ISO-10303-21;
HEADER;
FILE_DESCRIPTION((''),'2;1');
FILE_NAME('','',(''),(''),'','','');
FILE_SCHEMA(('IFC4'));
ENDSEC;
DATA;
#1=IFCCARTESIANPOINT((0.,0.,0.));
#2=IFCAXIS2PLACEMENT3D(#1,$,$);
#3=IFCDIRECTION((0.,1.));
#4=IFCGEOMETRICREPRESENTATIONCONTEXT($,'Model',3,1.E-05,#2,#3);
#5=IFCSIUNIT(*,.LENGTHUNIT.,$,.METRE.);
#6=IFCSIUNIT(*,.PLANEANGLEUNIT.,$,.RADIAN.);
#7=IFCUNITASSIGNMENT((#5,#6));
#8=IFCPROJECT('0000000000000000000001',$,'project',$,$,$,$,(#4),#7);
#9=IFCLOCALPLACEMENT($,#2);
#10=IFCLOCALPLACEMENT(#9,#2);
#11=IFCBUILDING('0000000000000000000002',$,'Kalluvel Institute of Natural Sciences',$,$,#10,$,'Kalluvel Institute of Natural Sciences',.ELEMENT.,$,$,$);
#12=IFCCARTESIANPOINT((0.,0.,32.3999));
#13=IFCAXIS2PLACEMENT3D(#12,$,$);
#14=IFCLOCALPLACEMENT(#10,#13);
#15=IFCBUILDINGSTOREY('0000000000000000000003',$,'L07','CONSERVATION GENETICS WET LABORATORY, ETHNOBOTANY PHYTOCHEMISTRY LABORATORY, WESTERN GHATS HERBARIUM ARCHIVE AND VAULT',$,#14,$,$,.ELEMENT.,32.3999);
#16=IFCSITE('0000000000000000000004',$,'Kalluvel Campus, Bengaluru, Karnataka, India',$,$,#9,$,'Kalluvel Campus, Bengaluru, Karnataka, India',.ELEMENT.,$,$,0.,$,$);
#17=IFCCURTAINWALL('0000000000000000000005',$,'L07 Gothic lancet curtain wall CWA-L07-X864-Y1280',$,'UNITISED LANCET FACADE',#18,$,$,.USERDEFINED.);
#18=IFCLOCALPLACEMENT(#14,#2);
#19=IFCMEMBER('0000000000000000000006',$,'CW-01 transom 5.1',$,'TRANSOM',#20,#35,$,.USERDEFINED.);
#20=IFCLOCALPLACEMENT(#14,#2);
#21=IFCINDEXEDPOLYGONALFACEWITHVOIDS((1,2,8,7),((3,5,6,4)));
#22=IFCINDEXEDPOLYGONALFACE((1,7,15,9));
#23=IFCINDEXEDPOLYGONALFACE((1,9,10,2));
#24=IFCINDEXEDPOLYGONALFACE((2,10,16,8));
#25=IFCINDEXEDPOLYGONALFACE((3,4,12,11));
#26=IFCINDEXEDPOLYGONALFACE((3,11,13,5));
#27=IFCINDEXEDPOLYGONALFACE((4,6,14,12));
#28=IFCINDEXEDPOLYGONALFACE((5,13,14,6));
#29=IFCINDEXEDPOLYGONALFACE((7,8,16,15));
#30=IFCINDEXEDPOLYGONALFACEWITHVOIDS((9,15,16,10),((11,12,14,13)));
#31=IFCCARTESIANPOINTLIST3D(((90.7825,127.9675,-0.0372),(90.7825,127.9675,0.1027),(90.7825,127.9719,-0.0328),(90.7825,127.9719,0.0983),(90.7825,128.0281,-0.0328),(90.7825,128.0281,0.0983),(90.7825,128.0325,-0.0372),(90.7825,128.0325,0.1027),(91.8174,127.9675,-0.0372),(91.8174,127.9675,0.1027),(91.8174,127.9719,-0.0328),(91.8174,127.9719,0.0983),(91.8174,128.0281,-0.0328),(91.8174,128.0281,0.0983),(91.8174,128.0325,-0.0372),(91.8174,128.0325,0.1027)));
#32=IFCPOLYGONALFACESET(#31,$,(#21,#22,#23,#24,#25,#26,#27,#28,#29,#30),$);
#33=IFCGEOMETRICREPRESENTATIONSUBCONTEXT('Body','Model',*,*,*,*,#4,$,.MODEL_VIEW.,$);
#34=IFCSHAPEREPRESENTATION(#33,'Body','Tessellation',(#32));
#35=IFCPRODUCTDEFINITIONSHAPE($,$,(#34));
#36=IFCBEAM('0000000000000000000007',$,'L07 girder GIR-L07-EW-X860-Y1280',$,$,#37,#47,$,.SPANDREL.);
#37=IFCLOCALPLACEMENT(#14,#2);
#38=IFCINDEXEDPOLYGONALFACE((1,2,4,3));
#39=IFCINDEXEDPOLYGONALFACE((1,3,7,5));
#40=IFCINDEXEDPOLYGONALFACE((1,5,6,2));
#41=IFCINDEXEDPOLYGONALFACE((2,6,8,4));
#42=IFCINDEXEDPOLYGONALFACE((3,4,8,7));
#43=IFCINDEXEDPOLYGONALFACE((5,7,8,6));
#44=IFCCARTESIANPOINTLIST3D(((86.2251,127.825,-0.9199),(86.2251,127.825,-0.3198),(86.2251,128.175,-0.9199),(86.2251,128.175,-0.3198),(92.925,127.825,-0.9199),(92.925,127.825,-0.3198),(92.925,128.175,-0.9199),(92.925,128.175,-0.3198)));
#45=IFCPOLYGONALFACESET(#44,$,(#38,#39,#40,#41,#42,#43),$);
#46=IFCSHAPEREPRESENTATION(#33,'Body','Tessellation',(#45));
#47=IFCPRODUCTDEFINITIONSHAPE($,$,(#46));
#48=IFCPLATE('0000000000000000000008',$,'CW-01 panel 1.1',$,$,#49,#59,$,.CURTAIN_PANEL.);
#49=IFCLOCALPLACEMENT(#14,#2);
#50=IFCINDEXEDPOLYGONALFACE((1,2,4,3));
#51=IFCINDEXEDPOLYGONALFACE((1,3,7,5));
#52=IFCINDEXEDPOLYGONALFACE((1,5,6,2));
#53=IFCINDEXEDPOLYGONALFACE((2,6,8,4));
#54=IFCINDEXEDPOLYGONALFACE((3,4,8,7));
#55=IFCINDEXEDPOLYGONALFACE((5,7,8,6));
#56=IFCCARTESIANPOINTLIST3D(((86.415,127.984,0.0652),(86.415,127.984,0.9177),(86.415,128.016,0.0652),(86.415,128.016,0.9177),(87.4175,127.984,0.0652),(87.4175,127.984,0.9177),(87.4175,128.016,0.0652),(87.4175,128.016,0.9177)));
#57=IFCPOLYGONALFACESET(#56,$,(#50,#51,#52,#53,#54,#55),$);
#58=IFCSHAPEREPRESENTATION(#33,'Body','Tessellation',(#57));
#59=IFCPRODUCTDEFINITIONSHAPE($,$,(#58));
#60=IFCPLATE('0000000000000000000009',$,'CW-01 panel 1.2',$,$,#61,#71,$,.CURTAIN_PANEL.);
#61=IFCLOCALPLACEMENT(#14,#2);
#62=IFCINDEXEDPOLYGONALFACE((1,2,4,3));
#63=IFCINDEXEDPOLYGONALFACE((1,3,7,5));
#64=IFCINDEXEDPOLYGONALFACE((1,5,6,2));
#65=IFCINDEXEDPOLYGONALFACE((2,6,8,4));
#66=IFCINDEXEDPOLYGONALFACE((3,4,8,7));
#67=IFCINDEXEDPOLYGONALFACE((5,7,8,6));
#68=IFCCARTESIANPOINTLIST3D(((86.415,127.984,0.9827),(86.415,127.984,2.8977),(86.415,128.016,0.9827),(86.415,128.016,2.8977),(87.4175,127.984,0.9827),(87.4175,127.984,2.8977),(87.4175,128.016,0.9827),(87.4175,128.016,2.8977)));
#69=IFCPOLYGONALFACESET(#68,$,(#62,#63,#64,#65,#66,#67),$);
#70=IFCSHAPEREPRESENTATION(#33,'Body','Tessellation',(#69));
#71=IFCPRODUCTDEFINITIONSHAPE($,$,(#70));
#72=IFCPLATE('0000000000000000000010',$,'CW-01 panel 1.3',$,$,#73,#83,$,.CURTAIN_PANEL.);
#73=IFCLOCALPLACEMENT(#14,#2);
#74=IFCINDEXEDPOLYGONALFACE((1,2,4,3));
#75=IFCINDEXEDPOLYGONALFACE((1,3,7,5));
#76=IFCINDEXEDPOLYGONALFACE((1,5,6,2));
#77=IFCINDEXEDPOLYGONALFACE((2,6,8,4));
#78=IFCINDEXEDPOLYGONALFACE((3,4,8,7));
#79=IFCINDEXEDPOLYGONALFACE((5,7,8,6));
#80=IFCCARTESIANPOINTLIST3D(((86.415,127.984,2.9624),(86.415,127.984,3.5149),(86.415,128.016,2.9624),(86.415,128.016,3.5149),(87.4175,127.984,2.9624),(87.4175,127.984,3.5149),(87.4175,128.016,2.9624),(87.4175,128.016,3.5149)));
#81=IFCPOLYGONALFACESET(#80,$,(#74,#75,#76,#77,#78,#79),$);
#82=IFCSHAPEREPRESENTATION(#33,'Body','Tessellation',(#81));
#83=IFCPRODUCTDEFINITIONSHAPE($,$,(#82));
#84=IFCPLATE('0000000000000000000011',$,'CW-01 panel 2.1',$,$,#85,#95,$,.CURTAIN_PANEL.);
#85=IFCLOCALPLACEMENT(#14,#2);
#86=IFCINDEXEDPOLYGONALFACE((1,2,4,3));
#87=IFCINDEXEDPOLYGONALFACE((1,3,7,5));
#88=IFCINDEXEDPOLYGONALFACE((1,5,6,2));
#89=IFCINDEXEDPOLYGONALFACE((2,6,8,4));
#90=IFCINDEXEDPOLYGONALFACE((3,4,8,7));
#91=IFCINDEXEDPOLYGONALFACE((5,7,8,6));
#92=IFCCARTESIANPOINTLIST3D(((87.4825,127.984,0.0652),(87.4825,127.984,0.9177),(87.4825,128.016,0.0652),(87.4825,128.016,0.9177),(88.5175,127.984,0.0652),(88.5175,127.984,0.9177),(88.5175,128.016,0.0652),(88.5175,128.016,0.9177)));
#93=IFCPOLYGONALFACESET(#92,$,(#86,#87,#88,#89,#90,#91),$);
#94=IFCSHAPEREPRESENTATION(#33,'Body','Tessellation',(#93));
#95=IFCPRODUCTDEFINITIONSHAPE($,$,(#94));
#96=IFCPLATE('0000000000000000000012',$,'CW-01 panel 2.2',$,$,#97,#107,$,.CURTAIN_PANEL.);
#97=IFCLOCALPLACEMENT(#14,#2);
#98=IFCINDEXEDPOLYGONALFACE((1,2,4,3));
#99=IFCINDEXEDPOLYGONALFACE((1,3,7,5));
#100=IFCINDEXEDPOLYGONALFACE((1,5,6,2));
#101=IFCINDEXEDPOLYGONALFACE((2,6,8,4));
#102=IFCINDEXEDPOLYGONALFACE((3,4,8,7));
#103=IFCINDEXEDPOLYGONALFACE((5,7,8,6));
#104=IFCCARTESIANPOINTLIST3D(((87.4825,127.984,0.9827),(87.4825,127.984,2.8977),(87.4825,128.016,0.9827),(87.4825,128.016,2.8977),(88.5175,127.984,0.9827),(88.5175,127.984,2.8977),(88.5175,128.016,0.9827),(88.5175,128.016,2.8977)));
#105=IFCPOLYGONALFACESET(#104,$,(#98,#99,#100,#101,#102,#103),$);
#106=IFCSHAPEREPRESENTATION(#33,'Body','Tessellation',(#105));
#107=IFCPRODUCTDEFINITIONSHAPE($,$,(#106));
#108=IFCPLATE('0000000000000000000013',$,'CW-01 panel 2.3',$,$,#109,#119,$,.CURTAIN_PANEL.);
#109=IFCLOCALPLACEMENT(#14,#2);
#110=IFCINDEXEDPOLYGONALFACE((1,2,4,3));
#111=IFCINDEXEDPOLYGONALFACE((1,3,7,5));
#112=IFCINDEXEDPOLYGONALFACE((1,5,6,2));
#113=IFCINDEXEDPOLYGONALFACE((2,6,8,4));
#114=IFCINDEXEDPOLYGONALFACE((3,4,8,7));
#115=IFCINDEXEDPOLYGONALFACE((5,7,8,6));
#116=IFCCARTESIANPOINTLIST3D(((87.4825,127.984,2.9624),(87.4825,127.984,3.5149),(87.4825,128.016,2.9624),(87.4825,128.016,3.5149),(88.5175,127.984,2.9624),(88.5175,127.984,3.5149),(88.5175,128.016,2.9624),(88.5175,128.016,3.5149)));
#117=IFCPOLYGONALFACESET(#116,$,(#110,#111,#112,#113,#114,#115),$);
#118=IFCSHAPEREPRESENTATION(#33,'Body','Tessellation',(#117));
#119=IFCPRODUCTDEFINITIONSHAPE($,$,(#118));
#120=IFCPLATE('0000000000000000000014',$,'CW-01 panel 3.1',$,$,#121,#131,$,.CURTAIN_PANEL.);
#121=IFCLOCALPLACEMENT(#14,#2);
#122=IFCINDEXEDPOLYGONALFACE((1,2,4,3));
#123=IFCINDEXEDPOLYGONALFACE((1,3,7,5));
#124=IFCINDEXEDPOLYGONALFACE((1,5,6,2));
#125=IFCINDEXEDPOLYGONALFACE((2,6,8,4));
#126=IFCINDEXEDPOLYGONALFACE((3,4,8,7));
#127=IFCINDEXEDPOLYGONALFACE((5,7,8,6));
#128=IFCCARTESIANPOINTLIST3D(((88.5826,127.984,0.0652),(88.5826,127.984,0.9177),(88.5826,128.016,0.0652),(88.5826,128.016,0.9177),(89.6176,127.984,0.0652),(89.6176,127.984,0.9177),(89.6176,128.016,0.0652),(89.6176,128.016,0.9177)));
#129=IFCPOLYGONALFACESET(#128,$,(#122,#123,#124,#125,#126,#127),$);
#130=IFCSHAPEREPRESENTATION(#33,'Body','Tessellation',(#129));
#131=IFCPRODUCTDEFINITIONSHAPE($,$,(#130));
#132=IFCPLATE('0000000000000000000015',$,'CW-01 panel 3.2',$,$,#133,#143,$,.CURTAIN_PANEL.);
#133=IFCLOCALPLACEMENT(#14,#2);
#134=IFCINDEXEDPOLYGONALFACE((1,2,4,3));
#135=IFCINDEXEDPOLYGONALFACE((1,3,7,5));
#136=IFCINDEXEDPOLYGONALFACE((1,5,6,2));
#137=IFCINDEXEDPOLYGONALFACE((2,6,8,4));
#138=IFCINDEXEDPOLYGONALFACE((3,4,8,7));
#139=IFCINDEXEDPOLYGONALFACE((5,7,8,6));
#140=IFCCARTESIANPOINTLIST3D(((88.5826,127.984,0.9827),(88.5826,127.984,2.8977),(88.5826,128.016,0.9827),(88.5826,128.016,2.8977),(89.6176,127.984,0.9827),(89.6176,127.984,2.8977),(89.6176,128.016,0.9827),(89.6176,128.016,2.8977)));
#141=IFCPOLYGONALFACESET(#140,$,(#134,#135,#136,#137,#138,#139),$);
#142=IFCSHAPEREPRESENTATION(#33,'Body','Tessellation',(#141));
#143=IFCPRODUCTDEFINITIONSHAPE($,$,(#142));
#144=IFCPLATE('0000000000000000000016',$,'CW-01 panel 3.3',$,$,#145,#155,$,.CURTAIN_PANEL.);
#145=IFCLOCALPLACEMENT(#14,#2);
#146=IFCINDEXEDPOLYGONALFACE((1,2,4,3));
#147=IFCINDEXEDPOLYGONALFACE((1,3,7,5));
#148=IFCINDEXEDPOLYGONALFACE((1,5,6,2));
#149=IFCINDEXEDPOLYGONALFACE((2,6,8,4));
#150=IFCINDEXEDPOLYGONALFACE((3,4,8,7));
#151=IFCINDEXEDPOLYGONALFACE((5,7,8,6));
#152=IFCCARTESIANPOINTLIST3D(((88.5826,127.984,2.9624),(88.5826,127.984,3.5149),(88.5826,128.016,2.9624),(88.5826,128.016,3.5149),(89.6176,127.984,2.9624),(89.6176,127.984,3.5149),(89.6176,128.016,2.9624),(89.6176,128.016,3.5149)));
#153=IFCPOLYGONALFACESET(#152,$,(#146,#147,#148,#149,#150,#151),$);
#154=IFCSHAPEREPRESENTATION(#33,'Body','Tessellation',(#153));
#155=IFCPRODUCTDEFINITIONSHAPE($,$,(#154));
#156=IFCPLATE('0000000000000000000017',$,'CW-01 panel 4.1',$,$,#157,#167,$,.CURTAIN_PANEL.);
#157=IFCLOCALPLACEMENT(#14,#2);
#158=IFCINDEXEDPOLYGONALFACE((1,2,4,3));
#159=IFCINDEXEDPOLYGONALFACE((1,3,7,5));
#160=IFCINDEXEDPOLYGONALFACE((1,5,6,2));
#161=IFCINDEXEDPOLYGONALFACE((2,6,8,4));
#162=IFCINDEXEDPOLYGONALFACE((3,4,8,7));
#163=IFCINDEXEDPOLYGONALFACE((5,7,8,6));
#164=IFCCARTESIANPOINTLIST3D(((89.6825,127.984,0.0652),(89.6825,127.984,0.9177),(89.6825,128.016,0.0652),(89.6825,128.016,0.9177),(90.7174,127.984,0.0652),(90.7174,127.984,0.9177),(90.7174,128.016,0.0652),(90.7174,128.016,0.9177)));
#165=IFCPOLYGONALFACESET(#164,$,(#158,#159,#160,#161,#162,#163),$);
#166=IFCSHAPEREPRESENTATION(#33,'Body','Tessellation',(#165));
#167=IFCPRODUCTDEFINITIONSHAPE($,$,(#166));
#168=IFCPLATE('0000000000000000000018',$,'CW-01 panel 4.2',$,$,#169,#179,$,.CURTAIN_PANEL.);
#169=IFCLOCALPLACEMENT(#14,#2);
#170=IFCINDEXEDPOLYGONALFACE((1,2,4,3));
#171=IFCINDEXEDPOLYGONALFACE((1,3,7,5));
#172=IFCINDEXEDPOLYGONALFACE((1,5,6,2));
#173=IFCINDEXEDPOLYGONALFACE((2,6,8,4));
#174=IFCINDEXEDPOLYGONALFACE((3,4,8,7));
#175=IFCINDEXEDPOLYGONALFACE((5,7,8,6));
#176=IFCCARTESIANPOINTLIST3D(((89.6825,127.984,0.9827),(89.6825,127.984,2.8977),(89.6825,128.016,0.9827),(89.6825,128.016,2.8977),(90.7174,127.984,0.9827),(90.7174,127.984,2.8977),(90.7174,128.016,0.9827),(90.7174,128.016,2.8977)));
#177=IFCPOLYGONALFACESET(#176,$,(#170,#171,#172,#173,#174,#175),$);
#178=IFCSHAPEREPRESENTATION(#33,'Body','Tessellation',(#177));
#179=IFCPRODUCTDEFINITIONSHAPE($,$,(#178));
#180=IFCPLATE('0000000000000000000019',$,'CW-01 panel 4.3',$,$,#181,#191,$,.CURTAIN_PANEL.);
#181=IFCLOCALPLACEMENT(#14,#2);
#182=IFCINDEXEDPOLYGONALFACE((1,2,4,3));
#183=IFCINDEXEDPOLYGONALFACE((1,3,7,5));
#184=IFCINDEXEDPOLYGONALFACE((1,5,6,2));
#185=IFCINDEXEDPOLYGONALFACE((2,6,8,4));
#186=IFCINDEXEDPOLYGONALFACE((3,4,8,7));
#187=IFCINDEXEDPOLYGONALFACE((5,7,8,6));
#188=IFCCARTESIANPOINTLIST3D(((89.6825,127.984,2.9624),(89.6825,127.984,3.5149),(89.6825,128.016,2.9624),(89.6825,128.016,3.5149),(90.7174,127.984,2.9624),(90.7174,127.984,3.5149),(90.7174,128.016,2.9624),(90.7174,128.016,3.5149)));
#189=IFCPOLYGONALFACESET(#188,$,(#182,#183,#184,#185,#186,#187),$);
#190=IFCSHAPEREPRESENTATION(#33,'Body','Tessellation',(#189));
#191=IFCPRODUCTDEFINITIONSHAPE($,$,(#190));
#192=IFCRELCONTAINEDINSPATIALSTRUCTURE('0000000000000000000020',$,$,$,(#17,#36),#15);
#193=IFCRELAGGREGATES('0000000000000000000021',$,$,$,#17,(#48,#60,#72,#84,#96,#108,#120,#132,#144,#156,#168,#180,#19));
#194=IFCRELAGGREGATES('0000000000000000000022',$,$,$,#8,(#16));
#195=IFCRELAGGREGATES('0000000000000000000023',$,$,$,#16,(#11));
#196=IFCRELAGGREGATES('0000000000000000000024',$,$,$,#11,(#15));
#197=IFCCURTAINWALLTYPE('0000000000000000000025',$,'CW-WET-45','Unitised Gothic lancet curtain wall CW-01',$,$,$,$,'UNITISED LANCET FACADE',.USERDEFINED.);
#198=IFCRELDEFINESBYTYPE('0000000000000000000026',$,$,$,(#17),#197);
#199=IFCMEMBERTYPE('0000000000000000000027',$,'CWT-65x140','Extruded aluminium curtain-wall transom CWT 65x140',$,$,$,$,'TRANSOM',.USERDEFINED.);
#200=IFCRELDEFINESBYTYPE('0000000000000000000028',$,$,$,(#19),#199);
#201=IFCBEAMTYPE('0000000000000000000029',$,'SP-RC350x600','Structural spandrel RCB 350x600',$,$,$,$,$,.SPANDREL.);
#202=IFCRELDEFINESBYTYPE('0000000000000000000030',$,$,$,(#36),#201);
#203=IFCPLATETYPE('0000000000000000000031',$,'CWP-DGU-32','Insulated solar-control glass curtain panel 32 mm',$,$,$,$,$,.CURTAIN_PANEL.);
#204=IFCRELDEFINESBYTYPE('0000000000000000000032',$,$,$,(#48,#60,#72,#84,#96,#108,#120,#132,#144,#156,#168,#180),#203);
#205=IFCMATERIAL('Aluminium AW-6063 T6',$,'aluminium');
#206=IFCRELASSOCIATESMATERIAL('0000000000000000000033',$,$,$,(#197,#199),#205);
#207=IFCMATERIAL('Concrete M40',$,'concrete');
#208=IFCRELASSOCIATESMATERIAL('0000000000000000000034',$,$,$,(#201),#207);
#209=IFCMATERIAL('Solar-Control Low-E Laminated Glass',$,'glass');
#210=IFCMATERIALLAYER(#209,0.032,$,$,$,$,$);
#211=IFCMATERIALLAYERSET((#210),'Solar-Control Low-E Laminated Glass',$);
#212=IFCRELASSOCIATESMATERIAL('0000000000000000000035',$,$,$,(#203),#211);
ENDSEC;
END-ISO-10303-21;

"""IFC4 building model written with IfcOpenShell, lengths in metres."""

from ifc_helpers import new_model, si_unit, direction, frame, origin, origin_2d, place, context, subcontext, project, spatial, rectangle, hollow_rectangle, extrude, material, layer, layer_set, material_profile, profile_set, type_object, element, aggregate, save


model = new_model("IFC4")

# Units and contexts
model_context = context("Model", 3, precision=1e-05, world=origin(), true_north=direction((0.0, 1.0)))
body_context = subcontext(model_context, "Body", "Model", "MODEL_VIEW")
ifc_project = project(units=[si_unit("LENGTHUNIT", "METRE"), si_unit("PLANEANGLEUNIT", "RADIAN")], contexts=[model_context])

# Site, building, storey
site_placement = place(None, origin())
site = spatial("IfcSite", under=ifc_project, at=site_placement, Name="Kalluvel Campus, Bengaluru, Karnataka, India", LongName="Kalluvel Campus, Bengaluru, Karnataka, India", CompositionType="ELEMENT", RefElevation=0.0)
building_placement = place(site_placement, origin())
building = spatial("IfcBuilding", under=site, at=building_placement, Name="Kalluvel Institute of Natural Sciences", LongName="Kalluvel Institute of Natural Sciences", CompositionType="ELEMENT")
storey_placement = place(building_placement, frame((0.0, 0.0, 32.3999)))
storey = spatial("IfcBuildingStorey", under=building, at=storey_placement, Name="L07", Description="CONSERVATION GENETICS WET LABORATORY, ETHNOBOTANY PHYTOCHEMISTRY LABORATORY, WESTERN GHATS HERBARIUM ARCHIVE AND VAULT", CompositionType="ELEMENT", Elevation=32.3999)

# Curtain wall, member
ifc_material_1 = material(Name="Aluminium AW-6063 T6", Category="aluminium")
curtain_wall_type = type_object("IfcCurtainWallType", Name="CW-WET-45", Description="Unitised Gothic lancet curtain wall CW-01", ElementType="UNITISED LANCET FACADE", PredefinedType="USERDEFINED", material=ifc_material_1)
curtain_wall_placement = place(storey_placement, origin())
curtain_wall = element("IfcCurtainWall", 1, at=curtain_wall_placement, inside=storey, type_object=curtain_wall_type, Name="L07 Gothic lancet curtain wall CWA-L07-X864-Y1280", ObjectType="UNITISED LANCET FACADE", PredefinedType="USERDEFINED")
ifc_material_profile_1 = material_profile(ifc_material_1, hollow_rectangle(XDim=0.0649, YDim=0.1399, WallThickness=0.0044, at=origin_2d()), Name="CWT 65x140")
ifc_profile_set_1 = profile_set([ifc_material_profile_1], Name="Aluminium AW-6063 T6")
member_type_1 = type_object("IfcMemberType", Name="CWT-65x140", Description="Extruded aluminium curtain-wall transom CWT 65x140", ElementType="TRANSOM", PredefinedType="USERDEFINED", material=ifc_profile_set_1)
member_1_placement = place(storey_placement, frame((90.7825, 128.0, 0.0327), z_axis=(1.0, 0.0, 0.0), x_axis=(0.0, 1.0, 0.0)))
member_1 = element("IfcMember", 2, at=member_1_placement, type_object=member_type_1, Name="CW-01 transom 5.1", ObjectType="TRANSOM", PredefinedType="USERDEFINED", context=body_context, shape_type="SweptSolid", body=[
    extrude(hollow_rectangle(XDim=0.0649, YDim=0.1399, WallThickness=0.0044, at=origin_2d()), origin(), (0.0, 0.0, 1.0), 1.0349),
])

# Beam
ifc_material_2 = material(Name="Concrete M40", Category="concrete")
ifc_material_profile_2 = material_profile(ifc_material_2, rectangle(XDim=0.3501, YDim=0.6001, at=origin_2d()), Name="RCB 350x600")
ifc_profile_set_2 = profile_set([ifc_material_profile_2], Name="Concrete M40")
beam_type = type_object("IfcBeamType", Name="SP-RC350x600", Description="Structural spandrel RCB 350x600", PredefinedType="SPANDREL", material=ifc_profile_set_2)
beam_placement = place(storey_placement, frame((86.2251, 128.0, -0.6199), z_axis=(1.0, 0.0, 0.0), x_axis=(0.0, 1.0, 0.0)))
element("IfcBeam", 3, at=beam_placement, inside=storey, type_object=beam_type, Name="L07 girder GIR-L07-EW-X860-Y1280", PredefinedType="SPANDREL", context=body_context, shape_type="SweptSolid", body=[
    extrude(rectangle(XDim=0.3501, YDim=0.6001, at=origin_2d()), origin(), (0.0, 0.0, 1.0), 6.7),
])

# Plates
ifc_material_3 = material(Name="Solar-Control Low-E Laminated Glass", Category="glass")
ifc_layer = layer(ifc_material_3, 0.032)
ifc_layer_set = layer_set([ifc_layer], Name="Solar-Control Low-E Laminated Glass")
plate_type = type_object("IfcPlateType", Name="CWP-DGU-32", Description="Insulated solar-control glass curtain panel 32 mm", PredefinedType="CURTAIN_PANEL", material=ifc_layer_set)
plate_1_placement = place(storey_placement, frame((86.9163, 128.0, 0.0652), z_axis=(0.0, 0.0, 1.0), x_axis=(1.0, 0.0, 0.0)))
plate_1 = element("IfcPlate", 4, at=plate_1_placement, type_object=plate_type, Name="CW-01 panel 1.1", PredefinedType="CURTAIN_PANEL", context=body_context, shape_type="SweptSolid", body=[
    extrude(rectangle(XDim=1.0024, YDim=0.032, at=origin_2d()), origin(), (0.0, 0.0, 1.0), 0.8525),
])
plate_2_placement = place(storey_placement, frame((86.9163, 128.0, 0.9827), z_axis=(0.0, 0.0, 1.0), x_axis=(1.0, 0.0, 0.0)))
plate_2 = element("IfcPlate", 5, at=plate_2_placement, type_object=plate_type, Name="CW-01 panel 1.2", PredefinedType="CURTAIN_PANEL", context=body_context, shape_type="SweptSolid", body=[
    extrude(rectangle(XDim=1.0024, YDim=0.032, at=origin_2d()), origin(), (0.0, 0.0, 1.0), 1.915),
])
plate_3_placement = place(storey_placement, frame((86.9163, 128.0, 2.9624), z_axis=(0.0, 0.0, 1.0), x_axis=(1.0, 0.0, 0.0)))
plate_3 = element("IfcPlate", 6, at=plate_3_placement, type_object=plate_type, Name="CW-01 panel 1.3", PredefinedType="CURTAIN_PANEL", context=body_context, shape_type="SweptSolid", body=[
    extrude(rectangle(XDim=1.0024, YDim=0.032, at=origin_2d()), origin(), (0.0, 0.0, 1.0), 0.5525),
])
plate_4_placement = place(storey_placement, frame((88.0, 128.0, 0.0652), z_axis=(0.0, 0.0, 1.0), x_axis=(1.0, 0.0, 0.0)))
plate_4 = element("IfcPlate", 7, at=plate_4_placement, type_object=plate_type, Name="CW-01 panel 2.1", PredefinedType="CURTAIN_PANEL", context=body_context, shape_type="SweptSolid", body=[
    extrude(rectangle(XDim=1.0349, YDim=0.032, at=origin_2d()), origin(), (0.0, 0.0, 1.0), 0.8525),
])
plate_5_placement = place(storey_placement, frame((88.0, 128.0, 0.9827), z_axis=(0.0, 0.0, 1.0), x_axis=(1.0, 0.0, 0.0)))
plate_5 = element("IfcPlate", 8, at=plate_5_placement, type_object=plate_type, Name="CW-01 panel 2.2", PredefinedType="CURTAIN_PANEL", context=body_context, shape_type="SweptSolid", body=[
    extrude(rectangle(XDim=1.0349, YDim=0.032, at=origin_2d()), origin(), (0.0, 0.0, 1.0), 1.915),
])
plate_6_placement = place(storey_placement, frame((88.0, 128.0, 2.9624), z_axis=(0.0, 0.0, 1.0), x_axis=(1.0, 0.0, 0.0)))
plate_6 = element("IfcPlate", 9, at=plate_6_placement, type_object=plate_type, Name="CW-01 panel 2.3", PredefinedType="CURTAIN_PANEL", context=body_context, shape_type="SweptSolid", body=[
    extrude(rectangle(XDim=1.0349, YDim=0.032, at=origin_2d()), origin(), (0.0, 0.0, 1.0), 0.5525),
])
plate_7_placement = place(storey_placement, frame((89.1001, 128.0, 0.0652), z_axis=(0.0, 0.0, 1.0), x_axis=(1.0, 0.0, 0.0)))
plate_7 = element("IfcPlate", 10, at=plate_7_placement, type_object=plate_type, Name="CW-01 panel 3.1", PredefinedType="CURTAIN_PANEL", context=body_context, shape_type="SweptSolid", body=[
    extrude(rectangle(XDim=1.0349, YDim=0.032, at=origin_2d()), origin(), (0.0, 0.0, 1.0), 0.8525),
])
plate_8_placement = place(storey_placement, frame((89.1001, 128.0, 0.9827), z_axis=(0.0, 0.0, 1.0), x_axis=(1.0, 0.0, 0.0)))
plate_8 = element("IfcPlate", 11, at=plate_8_placement, type_object=plate_type, Name="CW-01 panel 3.2", PredefinedType="CURTAIN_PANEL", context=body_context, shape_type="SweptSolid", body=[
    extrude(rectangle(XDim=1.0349, YDim=0.032, at=origin_2d()), origin(), (0.0, 0.0, 1.0), 1.915),
])
plate_9_placement = place(storey_placement, frame((89.1001, 128.0, 2.9624), z_axis=(0.0, 0.0, 1.0), x_axis=(1.0, 0.0, 0.0)))
plate_9 = element("IfcPlate", 12, at=plate_9_placement, type_object=plate_type, Name="CW-01 panel 3.3", PredefinedType="CURTAIN_PANEL", context=body_context, shape_type="SweptSolid", body=[
    extrude(rectangle(XDim=1.0349, YDim=0.032, at=origin_2d()), origin(), (0.0, 0.0, 1.0), 0.5525),
])
plate_10_placement = place(storey_placement, frame((90.2, 128.0, 0.0652), z_axis=(0.0, 0.0, 1.0), x_axis=(1.0, 0.0, 0.0)))
plate_10 = element("IfcPlate", 13, at=plate_10_placement, type_object=plate_type, Name="CW-01 panel 4.1", PredefinedType="CURTAIN_PANEL", context=body_context, shape_type="SweptSolid", body=[
    extrude(rectangle(XDim=1.0349, YDim=0.032, at=origin_2d()), origin(), (0.0, 0.0, 1.0), 0.8525),
])
plate_11_placement = place(storey_placement, frame((90.2, 128.0, 0.9827), z_axis=(0.0, 0.0, 1.0), x_axis=(1.0, 0.0, 0.0)))
plate_11 = element("IfcPlate", 14, at=plate_11_placement, type_object=plate_type, Name="CW-01 panel 4.2", PredefinedType="CURTAIN_PANEL", context=body_context, shape_type="SweptSolid", body=[
    extrude(rectangle(XDim=1.0349, YDim=0.032, at=origin_2d()), origin(), (0.0, 0.0, 1.0), 1.915),
])
plate_12_placement = place(storey_placement, frame((90.2, 128.0, 2.9624), z_axis=(0.0, 0.0, 1.0), x_axis=(1.0, 0.0, 0.0)))
plate_12 = element("IfcPlate", 15, at=plate_12_placement, type_object=plate_type, Name="CW-01 panel 4.3", PredefinedType="CURTAIN_PANEL", context=body_context, shape_type="SweptSolid", body=[
    extrude(rectangle(XDim=1.0349, YDim=0.032, at=origin_2d()), origin(), (0.0, 0.0, 1.0), 0.5525),
])
aggregate(curtain_wall, [plate_1, plate_2, plate_3, plate_4, plate_5, plate_6, plate_7, plate_8, plate_9, plate_10, plate_11, plate_12, member_1])

save(model, "model.ifc")
